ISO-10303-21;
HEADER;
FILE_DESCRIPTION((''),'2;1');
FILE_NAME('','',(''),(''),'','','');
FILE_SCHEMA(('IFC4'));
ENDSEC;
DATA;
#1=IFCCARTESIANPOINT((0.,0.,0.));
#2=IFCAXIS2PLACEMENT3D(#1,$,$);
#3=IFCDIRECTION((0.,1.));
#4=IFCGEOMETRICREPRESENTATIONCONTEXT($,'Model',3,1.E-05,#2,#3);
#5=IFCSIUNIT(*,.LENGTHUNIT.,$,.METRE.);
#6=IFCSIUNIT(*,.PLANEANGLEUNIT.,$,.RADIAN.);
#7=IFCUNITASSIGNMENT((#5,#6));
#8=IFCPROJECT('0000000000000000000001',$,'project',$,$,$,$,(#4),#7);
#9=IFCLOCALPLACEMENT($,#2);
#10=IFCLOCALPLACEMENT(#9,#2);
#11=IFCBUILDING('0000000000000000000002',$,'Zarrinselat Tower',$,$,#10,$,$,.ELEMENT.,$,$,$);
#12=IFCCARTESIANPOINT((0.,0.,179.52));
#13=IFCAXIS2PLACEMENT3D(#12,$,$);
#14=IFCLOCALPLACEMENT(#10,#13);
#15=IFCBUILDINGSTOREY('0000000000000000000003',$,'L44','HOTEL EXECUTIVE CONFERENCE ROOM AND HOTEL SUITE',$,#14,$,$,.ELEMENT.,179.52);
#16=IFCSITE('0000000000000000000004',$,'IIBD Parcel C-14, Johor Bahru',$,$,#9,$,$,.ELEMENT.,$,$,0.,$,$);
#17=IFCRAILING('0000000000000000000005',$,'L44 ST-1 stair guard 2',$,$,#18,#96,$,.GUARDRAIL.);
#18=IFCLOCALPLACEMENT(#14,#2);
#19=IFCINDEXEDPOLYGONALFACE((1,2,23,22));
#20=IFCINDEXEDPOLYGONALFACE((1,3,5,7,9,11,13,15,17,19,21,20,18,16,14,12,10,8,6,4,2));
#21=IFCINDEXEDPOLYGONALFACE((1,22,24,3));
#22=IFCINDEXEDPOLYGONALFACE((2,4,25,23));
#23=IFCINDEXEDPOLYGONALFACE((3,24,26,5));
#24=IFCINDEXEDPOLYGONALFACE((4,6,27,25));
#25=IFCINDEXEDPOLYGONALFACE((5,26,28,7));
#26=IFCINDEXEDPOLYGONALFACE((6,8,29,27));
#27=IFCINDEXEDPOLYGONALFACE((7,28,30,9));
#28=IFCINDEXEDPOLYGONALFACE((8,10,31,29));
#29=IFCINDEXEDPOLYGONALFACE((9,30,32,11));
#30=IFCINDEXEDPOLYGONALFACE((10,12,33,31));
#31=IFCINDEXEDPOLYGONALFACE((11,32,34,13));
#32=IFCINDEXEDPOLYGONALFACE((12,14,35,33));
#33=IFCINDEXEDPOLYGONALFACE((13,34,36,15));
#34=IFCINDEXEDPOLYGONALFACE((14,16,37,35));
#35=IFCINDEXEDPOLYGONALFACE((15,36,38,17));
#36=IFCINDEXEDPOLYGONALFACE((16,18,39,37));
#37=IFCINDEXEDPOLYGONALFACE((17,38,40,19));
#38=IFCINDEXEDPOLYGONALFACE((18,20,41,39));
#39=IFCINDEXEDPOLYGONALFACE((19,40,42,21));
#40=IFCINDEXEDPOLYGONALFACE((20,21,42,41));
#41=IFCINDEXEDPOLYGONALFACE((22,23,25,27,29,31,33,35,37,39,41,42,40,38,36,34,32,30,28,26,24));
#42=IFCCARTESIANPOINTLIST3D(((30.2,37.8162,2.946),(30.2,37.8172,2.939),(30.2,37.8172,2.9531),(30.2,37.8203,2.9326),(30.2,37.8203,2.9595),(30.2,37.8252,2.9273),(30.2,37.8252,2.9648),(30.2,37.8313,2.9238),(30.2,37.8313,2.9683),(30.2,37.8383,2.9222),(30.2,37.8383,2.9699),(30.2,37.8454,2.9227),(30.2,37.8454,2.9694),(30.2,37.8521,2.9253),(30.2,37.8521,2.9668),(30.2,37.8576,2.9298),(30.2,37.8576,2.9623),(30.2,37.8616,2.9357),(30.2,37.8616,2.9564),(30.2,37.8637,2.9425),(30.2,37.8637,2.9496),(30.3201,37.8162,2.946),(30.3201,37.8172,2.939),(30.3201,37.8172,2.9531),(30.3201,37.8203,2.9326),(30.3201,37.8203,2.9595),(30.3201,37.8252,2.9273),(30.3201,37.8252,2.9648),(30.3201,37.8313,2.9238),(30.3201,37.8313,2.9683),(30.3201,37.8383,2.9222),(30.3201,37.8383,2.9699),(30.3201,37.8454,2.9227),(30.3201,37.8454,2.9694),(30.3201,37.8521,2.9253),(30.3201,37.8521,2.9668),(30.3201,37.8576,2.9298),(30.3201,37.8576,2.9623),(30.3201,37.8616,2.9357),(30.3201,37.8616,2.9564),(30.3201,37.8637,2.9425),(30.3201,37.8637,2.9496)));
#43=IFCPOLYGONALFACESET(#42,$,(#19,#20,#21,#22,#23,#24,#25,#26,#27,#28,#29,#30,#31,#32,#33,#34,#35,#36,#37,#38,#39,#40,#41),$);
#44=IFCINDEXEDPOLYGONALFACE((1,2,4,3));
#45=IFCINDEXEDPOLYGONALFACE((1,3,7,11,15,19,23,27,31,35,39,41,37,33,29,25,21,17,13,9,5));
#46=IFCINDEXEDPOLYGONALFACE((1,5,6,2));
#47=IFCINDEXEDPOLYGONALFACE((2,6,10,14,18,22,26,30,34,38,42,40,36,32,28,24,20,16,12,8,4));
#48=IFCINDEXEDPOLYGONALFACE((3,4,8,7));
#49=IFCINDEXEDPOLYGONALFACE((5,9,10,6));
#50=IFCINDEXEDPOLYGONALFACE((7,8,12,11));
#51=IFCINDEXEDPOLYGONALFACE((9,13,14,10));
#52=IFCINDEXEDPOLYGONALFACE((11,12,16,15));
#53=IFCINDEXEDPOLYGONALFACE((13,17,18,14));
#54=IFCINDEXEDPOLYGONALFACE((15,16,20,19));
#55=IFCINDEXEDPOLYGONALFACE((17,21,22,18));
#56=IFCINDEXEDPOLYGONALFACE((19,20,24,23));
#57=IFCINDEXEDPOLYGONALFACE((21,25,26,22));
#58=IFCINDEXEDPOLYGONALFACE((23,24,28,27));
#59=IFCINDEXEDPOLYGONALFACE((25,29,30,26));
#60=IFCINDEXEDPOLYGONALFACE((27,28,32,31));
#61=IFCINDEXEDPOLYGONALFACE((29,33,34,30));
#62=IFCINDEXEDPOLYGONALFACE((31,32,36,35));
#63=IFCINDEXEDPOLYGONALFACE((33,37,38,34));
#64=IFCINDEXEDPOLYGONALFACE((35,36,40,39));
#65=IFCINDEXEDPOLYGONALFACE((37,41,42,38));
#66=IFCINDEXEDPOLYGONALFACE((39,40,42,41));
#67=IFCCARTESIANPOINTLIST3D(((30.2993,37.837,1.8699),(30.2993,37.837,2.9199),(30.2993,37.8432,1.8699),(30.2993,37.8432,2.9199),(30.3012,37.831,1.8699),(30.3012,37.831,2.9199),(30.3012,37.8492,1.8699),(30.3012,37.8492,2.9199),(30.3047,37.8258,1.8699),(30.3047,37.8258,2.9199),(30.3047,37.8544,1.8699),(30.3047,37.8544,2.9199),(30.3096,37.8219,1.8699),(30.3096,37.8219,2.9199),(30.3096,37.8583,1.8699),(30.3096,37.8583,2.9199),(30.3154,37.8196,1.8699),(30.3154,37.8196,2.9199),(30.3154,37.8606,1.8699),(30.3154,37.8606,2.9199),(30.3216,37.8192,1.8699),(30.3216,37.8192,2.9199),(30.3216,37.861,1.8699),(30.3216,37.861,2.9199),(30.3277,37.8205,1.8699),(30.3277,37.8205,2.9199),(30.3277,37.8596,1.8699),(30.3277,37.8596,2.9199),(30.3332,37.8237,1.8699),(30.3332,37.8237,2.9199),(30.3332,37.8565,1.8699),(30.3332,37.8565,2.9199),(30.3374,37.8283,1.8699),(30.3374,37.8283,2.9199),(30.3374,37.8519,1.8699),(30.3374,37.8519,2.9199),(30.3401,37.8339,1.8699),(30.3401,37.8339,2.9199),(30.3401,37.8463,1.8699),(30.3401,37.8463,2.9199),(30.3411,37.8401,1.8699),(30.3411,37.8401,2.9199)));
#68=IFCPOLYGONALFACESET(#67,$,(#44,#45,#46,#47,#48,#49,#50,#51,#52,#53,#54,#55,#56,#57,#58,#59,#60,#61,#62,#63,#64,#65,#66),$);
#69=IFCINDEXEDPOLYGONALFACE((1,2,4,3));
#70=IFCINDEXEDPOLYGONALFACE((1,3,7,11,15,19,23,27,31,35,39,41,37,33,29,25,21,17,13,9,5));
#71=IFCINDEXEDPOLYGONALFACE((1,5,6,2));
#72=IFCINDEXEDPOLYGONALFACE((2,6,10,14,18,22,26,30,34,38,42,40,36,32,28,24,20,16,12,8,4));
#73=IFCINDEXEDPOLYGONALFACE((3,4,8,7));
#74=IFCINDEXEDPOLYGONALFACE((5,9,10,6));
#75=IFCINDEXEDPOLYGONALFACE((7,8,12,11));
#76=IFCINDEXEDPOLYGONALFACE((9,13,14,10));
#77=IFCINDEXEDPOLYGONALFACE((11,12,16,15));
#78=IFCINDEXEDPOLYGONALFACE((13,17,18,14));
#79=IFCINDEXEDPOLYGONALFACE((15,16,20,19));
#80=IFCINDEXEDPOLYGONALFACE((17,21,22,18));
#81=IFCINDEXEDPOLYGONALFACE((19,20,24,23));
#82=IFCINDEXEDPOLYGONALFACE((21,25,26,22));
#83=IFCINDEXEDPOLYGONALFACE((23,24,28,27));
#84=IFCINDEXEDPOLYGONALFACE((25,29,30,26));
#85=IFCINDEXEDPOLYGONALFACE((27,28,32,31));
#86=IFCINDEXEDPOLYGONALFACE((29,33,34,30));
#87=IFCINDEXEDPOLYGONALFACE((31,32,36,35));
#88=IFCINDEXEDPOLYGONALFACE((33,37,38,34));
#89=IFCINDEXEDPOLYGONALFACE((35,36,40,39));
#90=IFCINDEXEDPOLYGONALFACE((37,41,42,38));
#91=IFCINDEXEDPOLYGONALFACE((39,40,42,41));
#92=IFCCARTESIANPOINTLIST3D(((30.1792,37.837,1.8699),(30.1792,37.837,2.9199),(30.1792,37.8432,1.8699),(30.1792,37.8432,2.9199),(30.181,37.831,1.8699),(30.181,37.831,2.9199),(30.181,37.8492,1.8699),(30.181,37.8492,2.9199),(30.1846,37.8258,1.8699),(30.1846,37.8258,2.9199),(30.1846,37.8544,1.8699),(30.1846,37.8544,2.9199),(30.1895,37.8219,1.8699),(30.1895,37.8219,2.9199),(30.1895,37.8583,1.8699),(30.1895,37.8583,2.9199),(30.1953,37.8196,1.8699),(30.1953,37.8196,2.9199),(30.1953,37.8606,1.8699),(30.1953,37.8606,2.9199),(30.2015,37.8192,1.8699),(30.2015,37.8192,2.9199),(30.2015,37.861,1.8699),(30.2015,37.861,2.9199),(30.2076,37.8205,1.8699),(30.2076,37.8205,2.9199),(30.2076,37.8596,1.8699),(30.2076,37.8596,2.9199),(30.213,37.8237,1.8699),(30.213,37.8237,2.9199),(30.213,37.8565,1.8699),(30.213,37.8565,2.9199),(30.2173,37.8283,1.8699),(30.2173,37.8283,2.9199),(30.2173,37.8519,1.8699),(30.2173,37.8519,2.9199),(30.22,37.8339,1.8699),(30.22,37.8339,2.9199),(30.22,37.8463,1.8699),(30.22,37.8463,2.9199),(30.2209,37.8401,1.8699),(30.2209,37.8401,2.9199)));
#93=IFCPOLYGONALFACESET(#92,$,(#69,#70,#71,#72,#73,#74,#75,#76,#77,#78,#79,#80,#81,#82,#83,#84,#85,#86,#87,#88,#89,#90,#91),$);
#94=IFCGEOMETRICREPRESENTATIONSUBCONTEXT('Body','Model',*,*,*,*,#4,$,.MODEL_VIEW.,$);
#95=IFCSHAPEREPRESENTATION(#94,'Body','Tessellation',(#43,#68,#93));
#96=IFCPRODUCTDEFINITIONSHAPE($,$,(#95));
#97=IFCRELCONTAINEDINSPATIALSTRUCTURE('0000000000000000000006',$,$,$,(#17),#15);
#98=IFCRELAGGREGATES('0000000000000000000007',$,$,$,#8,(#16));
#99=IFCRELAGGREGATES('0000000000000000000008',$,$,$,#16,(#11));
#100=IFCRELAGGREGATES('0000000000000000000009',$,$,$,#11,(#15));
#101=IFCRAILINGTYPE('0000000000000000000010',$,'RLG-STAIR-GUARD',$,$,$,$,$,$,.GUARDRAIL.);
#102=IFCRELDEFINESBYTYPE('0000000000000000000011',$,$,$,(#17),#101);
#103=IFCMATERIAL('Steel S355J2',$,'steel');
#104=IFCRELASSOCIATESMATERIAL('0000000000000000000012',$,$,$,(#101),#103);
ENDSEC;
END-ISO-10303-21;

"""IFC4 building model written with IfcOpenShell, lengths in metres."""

from ifc_helpers import new_model, si_unit, direction, frame, origin, origin_2d, place, context, subcontext, project, spatial, circle, extrude, material, type_object, element, save


model = new_model("IFC4")

# Units and contexts
model_context = context("Model", 3, precision=1e-05, world=origin(), true_north=direction((0.0, 1.0)))
body_context = subcontext(model_context, "Body", "Model", "MODEL_VIEW")
ifc_project = project(units=[si_unit("LENGTHUNIT", "METRE"), si_unit("PLANEANGLEUNIT", "RADIAN")], contexts=[model_context])

# Site, building, storey
site_placement = place(None, origin())
site = spatial("IfcSite", under=ifc_project, at=site_placement, Name="IIBD Parcel C-14, Johor Bahru", CompositionType="ELEMENT", RefElevation=0.0)
building_placement = place(site_placement, origin())
building = spatial("IfcBuilding", under=site, at=building_placement, Name="Zarrinselat Tower", CompositionType="ELEMENT")
storey_placement = place(building_placement, frame((0.0, 0.0, 179.52)))
storey = spatial("IfcBuildingStorey", under=building, at=storey_placement, Name="L44", Description="HOTEL EXECUTIVE CONFERENCE ROOM AND HOTEL SUITE", CompositionType="ELEMENT", Elevation=179.52)

# Railing
ifc_material_1 = material(Name="Steel S355J2", Category="steel")
railing_type_1 = type_object("IfcRailingType", Name="RLG-STAIR-GUARD", PredefinedType="GUARDRAIL", material=ifc_material_1)
railing_1_placement = place(storey_placement, frame((30.3201, 37.8401, 1.8699)))
element("IfcRailing", 1, at=railing_1_placement, inside=storey, type_object=railing_type_1, Name="L44 ST-1 stair guard 2", PredefinedType="GUARDRAIL", context=body_context, shape_type="SweptSolid", body=[
    extrude(circle(Radius=0.0239, at=origin_2d()), frame((0.0, 0.0, 1.0762), z_axis=(-1.0, 0.0, 0.0), x_axis=(0.0, -1.0, 0.0)), (0.0, 0.0, 1.0), 0.1201),
    extrude(circle(Radius=0.021, at=origin_2d()), origin(), (0.0, 0.0, 1.0), 1.05),
    extrude(circle(Radius=0.021, at=origin_2d()), frame((-0.1201, 0.0, 0.0)), (0.0, 0.0, 1.0), 1.05),
])

save(model, "model.ifc")
